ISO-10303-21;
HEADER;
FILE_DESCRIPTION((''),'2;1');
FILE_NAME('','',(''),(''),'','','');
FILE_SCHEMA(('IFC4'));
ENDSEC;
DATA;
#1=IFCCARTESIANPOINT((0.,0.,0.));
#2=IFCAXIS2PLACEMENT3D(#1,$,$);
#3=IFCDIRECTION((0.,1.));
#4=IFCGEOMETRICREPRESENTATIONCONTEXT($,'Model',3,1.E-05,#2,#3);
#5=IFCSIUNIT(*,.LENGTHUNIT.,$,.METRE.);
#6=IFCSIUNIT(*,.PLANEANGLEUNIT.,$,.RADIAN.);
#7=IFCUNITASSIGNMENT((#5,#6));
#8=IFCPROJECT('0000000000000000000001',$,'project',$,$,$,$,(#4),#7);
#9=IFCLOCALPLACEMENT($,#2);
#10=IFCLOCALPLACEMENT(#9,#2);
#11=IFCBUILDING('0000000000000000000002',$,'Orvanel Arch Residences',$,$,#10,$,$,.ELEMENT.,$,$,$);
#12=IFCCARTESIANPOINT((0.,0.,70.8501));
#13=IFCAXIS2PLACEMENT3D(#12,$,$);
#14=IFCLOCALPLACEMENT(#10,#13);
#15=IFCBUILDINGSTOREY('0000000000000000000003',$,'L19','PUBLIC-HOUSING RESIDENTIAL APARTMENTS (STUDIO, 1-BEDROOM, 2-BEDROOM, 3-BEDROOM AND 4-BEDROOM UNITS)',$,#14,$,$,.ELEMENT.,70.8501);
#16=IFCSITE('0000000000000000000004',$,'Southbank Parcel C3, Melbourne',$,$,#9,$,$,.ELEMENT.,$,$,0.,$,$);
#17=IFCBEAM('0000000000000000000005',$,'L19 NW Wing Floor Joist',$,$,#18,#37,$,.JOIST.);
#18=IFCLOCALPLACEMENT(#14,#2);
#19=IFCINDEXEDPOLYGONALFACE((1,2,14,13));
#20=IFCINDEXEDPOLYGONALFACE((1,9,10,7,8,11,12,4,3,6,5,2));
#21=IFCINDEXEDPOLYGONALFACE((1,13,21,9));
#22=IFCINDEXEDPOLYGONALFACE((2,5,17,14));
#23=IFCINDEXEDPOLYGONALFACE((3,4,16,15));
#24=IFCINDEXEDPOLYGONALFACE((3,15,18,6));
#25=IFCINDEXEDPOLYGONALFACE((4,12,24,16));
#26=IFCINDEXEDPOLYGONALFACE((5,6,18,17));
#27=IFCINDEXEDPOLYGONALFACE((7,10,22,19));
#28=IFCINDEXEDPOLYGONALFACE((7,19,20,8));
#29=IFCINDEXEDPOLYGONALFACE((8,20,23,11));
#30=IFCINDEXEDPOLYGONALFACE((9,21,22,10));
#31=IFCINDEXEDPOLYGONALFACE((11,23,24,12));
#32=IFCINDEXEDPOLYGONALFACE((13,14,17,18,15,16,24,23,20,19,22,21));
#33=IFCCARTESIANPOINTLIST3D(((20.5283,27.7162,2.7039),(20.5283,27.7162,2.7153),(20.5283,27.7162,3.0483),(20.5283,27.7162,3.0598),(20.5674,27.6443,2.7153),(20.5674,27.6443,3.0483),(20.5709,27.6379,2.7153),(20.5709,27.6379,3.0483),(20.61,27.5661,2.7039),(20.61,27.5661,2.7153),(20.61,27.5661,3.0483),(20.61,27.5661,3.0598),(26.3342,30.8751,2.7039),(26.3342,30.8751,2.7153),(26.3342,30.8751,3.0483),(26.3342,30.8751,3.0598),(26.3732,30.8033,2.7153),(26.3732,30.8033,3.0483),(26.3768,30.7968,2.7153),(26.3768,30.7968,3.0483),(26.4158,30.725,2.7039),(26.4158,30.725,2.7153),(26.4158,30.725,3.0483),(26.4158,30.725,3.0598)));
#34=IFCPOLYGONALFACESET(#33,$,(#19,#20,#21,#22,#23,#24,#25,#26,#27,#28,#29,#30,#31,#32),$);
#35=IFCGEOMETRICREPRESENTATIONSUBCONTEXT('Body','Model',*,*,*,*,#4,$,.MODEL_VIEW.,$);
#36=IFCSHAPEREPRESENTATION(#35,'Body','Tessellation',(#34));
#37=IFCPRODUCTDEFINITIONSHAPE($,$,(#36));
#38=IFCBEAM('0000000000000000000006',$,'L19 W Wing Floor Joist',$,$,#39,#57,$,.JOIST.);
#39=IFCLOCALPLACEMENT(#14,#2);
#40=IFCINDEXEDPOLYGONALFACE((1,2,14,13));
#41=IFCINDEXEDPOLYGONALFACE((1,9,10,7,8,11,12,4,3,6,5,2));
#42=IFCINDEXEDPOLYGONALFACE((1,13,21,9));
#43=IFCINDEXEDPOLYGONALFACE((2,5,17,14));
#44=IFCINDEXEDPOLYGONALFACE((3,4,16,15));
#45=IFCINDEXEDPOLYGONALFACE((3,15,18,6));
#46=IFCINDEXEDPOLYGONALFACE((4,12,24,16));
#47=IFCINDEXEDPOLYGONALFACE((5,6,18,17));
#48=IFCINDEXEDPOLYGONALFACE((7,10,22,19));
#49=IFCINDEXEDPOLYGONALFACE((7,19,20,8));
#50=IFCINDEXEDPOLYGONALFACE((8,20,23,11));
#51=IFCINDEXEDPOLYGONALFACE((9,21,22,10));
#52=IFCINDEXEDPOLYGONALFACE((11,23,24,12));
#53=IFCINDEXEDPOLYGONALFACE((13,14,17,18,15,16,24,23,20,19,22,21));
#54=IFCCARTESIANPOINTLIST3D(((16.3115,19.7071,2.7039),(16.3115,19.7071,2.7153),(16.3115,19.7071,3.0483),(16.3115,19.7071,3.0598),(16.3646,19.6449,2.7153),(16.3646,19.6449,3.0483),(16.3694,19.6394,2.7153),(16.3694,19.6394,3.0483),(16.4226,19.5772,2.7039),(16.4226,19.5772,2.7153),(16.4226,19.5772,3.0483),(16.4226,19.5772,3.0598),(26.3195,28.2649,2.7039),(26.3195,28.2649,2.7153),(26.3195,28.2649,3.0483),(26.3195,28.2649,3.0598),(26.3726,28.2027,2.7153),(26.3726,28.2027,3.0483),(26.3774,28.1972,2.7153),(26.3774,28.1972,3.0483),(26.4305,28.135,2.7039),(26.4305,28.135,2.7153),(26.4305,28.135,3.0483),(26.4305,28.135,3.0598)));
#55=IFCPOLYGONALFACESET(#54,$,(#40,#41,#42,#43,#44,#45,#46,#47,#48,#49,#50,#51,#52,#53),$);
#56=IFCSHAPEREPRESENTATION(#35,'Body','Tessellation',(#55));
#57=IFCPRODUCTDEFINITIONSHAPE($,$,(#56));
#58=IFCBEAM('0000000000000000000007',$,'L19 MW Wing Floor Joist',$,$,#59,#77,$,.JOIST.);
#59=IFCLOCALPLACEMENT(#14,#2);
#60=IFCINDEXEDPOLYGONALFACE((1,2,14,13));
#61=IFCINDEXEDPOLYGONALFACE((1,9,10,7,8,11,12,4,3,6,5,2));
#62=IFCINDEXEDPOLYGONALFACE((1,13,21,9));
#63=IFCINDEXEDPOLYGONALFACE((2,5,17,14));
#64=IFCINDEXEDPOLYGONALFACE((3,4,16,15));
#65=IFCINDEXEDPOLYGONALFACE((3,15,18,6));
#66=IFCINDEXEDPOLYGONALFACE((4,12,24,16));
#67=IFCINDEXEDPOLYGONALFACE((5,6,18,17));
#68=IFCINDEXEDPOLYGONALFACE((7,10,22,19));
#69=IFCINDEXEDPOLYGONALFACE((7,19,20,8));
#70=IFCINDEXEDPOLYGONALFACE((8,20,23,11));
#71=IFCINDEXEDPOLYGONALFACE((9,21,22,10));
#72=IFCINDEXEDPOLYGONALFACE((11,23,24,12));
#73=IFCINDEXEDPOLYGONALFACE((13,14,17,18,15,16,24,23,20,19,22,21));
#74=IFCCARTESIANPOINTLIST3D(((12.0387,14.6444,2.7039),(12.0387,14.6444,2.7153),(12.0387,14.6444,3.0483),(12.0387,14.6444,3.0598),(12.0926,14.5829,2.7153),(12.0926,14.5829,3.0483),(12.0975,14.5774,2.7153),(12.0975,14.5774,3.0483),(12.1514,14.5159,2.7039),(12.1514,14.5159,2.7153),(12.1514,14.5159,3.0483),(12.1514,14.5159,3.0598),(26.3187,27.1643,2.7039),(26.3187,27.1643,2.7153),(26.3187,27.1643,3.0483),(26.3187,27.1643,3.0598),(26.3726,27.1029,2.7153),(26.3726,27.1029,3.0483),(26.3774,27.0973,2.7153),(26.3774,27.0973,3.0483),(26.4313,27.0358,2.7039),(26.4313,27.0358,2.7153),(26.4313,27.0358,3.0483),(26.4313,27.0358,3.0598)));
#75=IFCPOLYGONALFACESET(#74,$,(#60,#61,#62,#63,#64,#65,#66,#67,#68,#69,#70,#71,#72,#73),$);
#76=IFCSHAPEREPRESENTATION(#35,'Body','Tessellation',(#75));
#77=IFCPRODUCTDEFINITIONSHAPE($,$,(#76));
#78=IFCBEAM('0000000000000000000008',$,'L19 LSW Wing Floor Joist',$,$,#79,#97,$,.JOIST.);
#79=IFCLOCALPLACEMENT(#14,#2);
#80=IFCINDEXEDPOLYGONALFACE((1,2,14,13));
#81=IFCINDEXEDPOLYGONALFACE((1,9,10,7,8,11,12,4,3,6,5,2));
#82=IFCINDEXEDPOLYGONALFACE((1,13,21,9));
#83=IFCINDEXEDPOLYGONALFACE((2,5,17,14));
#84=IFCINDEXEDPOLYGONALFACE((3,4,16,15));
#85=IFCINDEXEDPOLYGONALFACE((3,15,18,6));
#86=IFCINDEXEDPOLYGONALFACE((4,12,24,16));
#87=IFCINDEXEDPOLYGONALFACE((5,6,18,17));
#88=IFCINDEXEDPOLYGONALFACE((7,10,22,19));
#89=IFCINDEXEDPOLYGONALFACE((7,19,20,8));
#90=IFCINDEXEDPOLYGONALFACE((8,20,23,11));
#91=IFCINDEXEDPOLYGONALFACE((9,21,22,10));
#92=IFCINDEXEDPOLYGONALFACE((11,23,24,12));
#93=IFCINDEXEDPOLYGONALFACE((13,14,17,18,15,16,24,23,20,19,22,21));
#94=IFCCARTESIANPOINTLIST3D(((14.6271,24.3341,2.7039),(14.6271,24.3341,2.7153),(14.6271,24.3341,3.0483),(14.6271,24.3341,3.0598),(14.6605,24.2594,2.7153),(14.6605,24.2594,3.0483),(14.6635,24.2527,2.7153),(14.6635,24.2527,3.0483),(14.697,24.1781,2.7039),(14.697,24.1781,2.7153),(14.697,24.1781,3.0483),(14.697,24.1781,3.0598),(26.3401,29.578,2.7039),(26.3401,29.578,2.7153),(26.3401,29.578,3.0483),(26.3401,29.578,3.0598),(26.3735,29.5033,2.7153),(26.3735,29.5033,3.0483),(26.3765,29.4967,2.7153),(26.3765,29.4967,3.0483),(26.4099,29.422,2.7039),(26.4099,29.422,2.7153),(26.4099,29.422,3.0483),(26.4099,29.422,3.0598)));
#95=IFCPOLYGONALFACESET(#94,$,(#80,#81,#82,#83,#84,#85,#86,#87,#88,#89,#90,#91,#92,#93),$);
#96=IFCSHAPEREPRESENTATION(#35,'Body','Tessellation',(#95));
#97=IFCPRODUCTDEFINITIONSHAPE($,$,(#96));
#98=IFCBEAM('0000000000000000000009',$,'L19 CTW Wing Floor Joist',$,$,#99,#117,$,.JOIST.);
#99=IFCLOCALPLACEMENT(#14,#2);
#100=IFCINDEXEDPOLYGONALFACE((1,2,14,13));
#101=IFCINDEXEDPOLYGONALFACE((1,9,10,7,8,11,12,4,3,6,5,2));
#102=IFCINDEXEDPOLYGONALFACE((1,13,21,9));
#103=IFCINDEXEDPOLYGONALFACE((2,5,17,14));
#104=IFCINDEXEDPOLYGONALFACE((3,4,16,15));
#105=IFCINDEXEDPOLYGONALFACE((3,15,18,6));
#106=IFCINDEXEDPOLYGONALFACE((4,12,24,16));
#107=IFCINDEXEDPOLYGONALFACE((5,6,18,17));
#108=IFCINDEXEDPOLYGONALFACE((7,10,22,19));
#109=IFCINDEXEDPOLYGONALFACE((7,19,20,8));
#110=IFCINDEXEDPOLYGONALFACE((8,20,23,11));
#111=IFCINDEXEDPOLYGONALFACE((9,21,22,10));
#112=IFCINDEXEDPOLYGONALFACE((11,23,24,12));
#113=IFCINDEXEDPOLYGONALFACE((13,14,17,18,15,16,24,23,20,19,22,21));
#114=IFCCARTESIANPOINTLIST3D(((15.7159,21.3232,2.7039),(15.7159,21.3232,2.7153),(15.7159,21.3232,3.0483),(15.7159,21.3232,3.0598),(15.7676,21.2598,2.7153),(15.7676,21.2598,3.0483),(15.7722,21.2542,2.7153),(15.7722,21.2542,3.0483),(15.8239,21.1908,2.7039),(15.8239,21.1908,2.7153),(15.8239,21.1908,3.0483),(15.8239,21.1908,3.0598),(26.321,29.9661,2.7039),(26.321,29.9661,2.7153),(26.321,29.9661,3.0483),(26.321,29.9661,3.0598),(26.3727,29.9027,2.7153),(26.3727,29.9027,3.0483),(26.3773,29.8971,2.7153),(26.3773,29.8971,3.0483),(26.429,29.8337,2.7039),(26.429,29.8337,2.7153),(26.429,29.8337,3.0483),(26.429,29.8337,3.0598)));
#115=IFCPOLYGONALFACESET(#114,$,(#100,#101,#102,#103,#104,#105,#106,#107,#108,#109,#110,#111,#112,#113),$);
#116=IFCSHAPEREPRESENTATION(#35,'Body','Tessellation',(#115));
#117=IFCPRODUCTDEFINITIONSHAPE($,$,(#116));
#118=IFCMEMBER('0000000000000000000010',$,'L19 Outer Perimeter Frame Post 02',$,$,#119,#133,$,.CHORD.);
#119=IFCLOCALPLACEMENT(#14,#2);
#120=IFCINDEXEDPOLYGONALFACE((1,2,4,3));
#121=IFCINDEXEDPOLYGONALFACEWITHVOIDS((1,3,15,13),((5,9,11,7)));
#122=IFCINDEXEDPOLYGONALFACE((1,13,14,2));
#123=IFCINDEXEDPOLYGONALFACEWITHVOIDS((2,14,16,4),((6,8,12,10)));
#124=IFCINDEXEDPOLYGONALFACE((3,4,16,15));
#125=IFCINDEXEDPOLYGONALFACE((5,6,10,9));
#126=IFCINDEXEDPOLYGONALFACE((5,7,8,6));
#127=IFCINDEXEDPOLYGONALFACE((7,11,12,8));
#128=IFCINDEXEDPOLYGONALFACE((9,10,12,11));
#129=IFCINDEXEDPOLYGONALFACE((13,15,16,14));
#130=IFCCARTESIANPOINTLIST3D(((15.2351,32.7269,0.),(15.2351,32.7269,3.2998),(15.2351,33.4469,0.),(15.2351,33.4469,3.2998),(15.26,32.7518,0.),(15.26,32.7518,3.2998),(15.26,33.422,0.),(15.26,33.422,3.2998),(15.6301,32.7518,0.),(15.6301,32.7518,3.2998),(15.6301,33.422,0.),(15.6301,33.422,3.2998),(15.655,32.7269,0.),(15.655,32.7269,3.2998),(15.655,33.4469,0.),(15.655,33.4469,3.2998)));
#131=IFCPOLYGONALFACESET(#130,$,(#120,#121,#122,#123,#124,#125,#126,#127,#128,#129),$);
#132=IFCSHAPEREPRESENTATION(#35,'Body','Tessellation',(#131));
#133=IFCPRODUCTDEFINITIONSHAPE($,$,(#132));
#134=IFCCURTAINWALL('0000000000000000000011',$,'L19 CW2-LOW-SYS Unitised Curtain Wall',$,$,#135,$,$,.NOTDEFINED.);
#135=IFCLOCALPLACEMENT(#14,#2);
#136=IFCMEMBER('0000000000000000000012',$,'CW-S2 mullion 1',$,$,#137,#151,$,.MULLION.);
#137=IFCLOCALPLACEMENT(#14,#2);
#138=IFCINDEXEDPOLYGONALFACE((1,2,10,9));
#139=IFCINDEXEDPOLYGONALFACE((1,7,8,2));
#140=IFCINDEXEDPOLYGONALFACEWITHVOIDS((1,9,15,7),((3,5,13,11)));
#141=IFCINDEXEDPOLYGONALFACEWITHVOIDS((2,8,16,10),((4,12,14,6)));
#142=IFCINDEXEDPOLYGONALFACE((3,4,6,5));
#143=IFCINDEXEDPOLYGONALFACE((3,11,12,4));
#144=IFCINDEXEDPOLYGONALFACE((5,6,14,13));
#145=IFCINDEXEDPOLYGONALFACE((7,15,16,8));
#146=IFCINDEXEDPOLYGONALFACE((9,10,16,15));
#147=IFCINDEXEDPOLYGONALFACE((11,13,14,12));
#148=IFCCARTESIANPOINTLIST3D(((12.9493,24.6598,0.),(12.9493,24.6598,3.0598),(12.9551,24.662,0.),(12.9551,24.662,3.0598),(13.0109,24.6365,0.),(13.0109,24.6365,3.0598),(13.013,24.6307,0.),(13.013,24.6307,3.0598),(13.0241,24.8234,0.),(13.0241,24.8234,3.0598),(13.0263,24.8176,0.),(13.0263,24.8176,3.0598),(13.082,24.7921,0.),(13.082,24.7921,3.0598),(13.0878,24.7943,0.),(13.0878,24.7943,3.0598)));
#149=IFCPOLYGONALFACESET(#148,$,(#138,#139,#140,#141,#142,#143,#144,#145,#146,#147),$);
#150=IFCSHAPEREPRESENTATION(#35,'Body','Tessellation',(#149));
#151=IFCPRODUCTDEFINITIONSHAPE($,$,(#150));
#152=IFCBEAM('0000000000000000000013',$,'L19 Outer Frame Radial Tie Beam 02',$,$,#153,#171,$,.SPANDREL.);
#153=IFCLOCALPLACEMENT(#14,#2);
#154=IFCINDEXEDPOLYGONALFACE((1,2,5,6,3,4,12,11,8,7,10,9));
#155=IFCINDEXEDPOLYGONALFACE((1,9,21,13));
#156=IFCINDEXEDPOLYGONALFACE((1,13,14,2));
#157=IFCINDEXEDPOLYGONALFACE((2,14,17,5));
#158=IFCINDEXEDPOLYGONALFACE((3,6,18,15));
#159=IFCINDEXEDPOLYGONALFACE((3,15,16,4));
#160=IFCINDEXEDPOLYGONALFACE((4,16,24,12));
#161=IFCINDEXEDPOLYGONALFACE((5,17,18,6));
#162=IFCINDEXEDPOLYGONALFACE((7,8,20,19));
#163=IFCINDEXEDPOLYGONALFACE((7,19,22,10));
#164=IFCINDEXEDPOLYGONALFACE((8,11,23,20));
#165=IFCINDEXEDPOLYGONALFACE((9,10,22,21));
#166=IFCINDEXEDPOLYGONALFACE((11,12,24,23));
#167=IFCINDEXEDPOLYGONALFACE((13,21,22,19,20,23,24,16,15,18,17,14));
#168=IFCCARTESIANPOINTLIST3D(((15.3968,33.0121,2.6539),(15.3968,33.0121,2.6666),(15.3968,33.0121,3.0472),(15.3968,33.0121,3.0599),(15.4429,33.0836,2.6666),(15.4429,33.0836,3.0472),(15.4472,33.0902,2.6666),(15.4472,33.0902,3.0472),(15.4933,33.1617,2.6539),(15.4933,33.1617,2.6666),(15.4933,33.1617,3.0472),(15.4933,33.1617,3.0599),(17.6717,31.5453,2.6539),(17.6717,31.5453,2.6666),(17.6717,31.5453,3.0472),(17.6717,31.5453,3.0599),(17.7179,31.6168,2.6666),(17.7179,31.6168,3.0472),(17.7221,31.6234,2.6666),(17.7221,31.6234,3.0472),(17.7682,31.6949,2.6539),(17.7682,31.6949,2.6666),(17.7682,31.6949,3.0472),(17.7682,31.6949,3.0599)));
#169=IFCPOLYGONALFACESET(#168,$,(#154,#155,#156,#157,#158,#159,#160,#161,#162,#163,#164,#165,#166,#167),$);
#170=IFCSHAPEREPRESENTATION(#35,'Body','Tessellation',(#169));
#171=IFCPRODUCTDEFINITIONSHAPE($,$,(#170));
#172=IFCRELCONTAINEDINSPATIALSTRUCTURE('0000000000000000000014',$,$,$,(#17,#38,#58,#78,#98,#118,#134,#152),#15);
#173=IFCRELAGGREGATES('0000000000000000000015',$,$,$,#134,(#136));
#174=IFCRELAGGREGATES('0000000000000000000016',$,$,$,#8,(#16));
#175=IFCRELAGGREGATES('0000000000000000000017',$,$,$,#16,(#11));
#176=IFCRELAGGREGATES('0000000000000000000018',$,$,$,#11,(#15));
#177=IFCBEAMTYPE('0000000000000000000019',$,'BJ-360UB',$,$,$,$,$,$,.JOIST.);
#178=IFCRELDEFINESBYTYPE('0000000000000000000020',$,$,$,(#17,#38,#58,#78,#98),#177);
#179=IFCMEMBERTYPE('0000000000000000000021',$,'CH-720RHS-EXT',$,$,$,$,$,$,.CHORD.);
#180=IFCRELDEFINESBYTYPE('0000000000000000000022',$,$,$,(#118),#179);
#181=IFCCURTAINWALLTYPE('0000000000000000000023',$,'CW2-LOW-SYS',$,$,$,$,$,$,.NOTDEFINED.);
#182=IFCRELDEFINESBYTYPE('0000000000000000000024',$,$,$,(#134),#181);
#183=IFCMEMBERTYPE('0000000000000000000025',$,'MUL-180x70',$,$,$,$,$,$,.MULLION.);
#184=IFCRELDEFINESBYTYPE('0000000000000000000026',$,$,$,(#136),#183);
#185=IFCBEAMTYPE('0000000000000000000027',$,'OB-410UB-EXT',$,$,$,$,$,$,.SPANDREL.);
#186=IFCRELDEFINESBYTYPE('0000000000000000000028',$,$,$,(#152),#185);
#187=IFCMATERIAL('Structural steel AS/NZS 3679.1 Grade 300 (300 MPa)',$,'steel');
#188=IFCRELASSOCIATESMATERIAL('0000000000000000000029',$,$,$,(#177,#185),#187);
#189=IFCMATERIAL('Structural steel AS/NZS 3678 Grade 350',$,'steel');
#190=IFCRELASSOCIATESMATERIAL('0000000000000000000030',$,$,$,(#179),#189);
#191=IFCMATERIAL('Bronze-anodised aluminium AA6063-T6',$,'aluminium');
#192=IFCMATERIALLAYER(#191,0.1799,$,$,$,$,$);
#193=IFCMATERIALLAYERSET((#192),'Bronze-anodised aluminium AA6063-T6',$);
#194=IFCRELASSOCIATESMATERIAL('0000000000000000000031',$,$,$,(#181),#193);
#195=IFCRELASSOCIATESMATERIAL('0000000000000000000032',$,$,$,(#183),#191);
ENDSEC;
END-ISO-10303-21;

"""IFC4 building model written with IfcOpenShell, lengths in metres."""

from ifc_helpers import new_model, si_unit, direction, frame, origin, origin_2d, place, context, subcontext, project, spatial, hollow_rectangle, i_section, extrude, material, layer, layer_set, material_profile, profile_set, type_object, element, aggregate, save


model = new_model("IFC4")

# Units and contexts
model_context = context("Model", 3, precision=1e-05, world=origin(), true_north=direction((0.0, 1.0)))
body_context = subcontext(model_context, "Body", "Model", "MODEL_VIEW")
ifc_project = project(units=[si_unit("LENGTHUNIT", "METRE"), si_unit("PLANEANGLEUNIT", "RADIAN")], contexts=[model_context])

# Site, building, storey
site_placement = place(None, origin())
site = spatial("IfcSite", under=ifc_project, at=site_placement, Name="Southbank Parcel C3, Melbourne", CompositionType="ELEMENT", RefElevation=0.0)
building_placement = place(site_placement, origin())
building = spatial("IfcBuilding", under=site, at=building_placement, Name="Orvanel Arch Residences", CompositionType="ELEMENT")
storey_placement = place(building_placement, frame((0.0, 0.0, 70.8501)))
storey = spatial("IfcBuildingStorey", under=building, at=storey_placement, Name="L19", Description="PUBLIC-HOUSING RESIDENTIAL APARTMENTS (STUDIO, 1-BEDROOM, 2-BEDROOM, 3-BEDROOM AND 4-BEDROOM UNITS)", CompositionType="ELEMENT", Elevation=70.8501)

# Beams
ifc_material_1 = material(Name="Structural steel AS/NZS 3679.1 Grade 300 (300 MPa)", Category="steel")
ifc_material_profile_1 = material_profile(ifc_material_1, i_section(OverallWidth=0.1709, OverallDepth=0.356, WebThickness=0.0073, FlangeThickness=0.0115, at=origin_2d()), Name="360UB50.7")
ifc_profile_set_1 = profile_set([ifc_material_profile_1], Name="Structural steel AS/NZS 3679.1 Grade 300 (300 MPa)")
beam_type_1 = type_object("IfcBeamType", Name="BJ-360UB", PredefinedType="JOIST", material=ifc_profile_set_1)
beam_1_placement = place(storey_placement, frame((26.375, 30.8, 2.8818), z_axis=(-0.878399, -0.477928, 0.0), x_axis=(0.477928, -0.878399, 0.0)))
element("IfcBeam", 1, at=beam_1_placement, inside=storey, type_object=beam_type_1, Name="L19 NW Wing Floor Joist", PredefinedType="JOIST", context=body_context, shape_type="SweptSolid", body=[
    extrude(i_section(OverallWidth=0.1709, OverallDepth=0.356, WebThickness=0.0073, FlangeThickness=0.0115, at=origin_2d()), origin(), (0.0, 0.0, 1.0), 6.6096),
])
beam_2_placement = place(storey_placement, frame((26.375, 28.2, 2.8818), z_axis=(-0.760024, -0.649895, 0.0), x_axis=(0.649895, -0.760024, 0.0)))
element("IfcBeam", 2, at=beam_2_placement, inside=storey, type_object=beam_type_1, Name="L19 W Wing Floor Joist", PredefinedType="JOIST", context=body_context, shape_type="SweptSolid", body=[
    extrude(i_section(OverallWidth=0.1709, OverallDepth=0.356, WebThickness=0.0073, FlangeThickness=0.0115, at=origin_2d()), origin(), (0.0, 0.0, 1.0), 13.168),
])
beam_3_placement = place(storey_placement, frame((26.375, 27.1001, 2.8818), z_axis=(-0.751924, -0.65925, 0.0), x_axis=(0.65925, -0.751924, 0.0)))
element("IfcBeam", 3, at=beam_3_placement, inside=storey, type_object=beam_type_1, Name="L19 MW Wing Floor Joist", PredefinedType="JOIST", context=body_context, shape_type="SweptSolid", body=[
    extrude(i_section(OverallWidth=0.1709, OverallDepth=0.356, WebThickness=0.0073, FlangeThickness=0.0115, at=origin_2d()), origin(), (0.0, 0.0, 1.0), 18.9912),
])
beam_4_placement = place(storey_placement, frame((26.375, 29.5, 2.8818), z_axis=(-0.912704, -0.408621, 0.0), x_axis=(0.408621, -0.912704, 0.0)))
element("IfcBeam", 4, at=beam_4_placement, inside=storey, type_object=beam_type_1, Name="L19 LSW Wing Floor Joist", PredefinedType="JOIST", context=body_context, shape_type="SweptSolid", body=[
    extrude(i_section(OverallWidth=0.1709, OverallDepth=0.356, WebThickness=0.0073, FlangeThickness=0.0115, at=origin_2d()), origin(), (0.0, 0.0, 1.0), 12.8333),
])
beam_5_placement = place(storey_placement, frame((26.375, 29.8999, 2.8818), z_axis=(-0.775173, -0.631749, 0.0), x_axis=(0.631749, -0.775173, 0.0)))
element("IfcBeam", 5, at=beam_5_placement, inside=storey, type_object=beam_type_1, Name="L19 CTW Wing Floor Joist", PredefinedType="JOIST", context=body_context, shape_type="SweptSolid", body=[
    extrude(i_section(OverallWidth=0.1709, OverallDepth=0.356, WebThickness=0.0073, FlangeThickness=0.0115, at=origin_2d()), origin(), (0.0, 0.0, 1.0), 13.6809),
])

# Member
ifc_material_2 = material(Name="Structural steel AS/NZS 3678 Grade 350", Category="steel")
ifc_material_profile_2 = material_profile(ifc_material_2, hollow_rectangle(XDim=0.4199, YDim=0.72, WallThickness=0.0249, at=origin_2d()), Name="RHS720x420x25")
ifc_profile_set_2 = profile_set([ifc_material_profile_2], Name="Structural steel AS/NZS 3678 Grade 350")
member_type_1 = type_object("IfcMemberType", Name="CH-720RHS-EXT", PredefinedType="CHORD", material=ifc_profile_set_2)
member_1_placement = place(storey_placement, frame((15.4451, 33.0869, 0.0), z_axis=(0.0, 0.0, 1.0), x_axis=(1.0, 0.0, 0.0)))
element("IfcMember", 6, at=member_1_placement, inside=storey, type_object=member_type_1, Name="L19 Outer Perimeter Frame Post 02", PredefinedType="CHORD", context=body_context, shape_type="SweptSolid", body=[
    extrude(hollow_rectangle(XDim=0.4199, YDim=0.72, WallThickness=0.0249, at=origin_2d()), origin(), (0.0, 0.0, 1.0), 3.2998),
])

# Curtain wall, member
ifc_material_3 = material(Name="Bronze-anodised aluminium AA6063-T6", Category="aluminium")
ifc_layer_1 = layer(ifc_material_3, 0.1799)
ifc_layer_set_1 = layer_set([ifc_layer_1], Name="Bronze-anodised aluminium AA6063-T6")
curtain_wall_type = type_object("IfcCurtainWallType", Name="CW2-LOW-SYS", PredefinedType="NOTDEFINED", material=ifc_layer_set_1)
curtain_wall_placement = place(storey_placement, origin())
curtain_wall = element("IfcCurtainWall", 7, at=curtain_wall_placement, inside=storey, type_object=curtain_wall_type, Name="L19 CW2-LOW-SYS Unitised Curtain Wall", PredefinedType="NOTDEFINED")
ifc_material_profile_3 = material_profile(ifc_material_3, hollow_rectangle(XDim=0.0701, YDim=0.1799, WallThickness=0.0044, at=origin_2d()), Name="ALU180x70x4.5")
ifc_profile_set_3 = profile_set([ifc_material_profile_3], Name="Bronze-anodised aluminium AA6063-T6")
member_type_2 = type_object("IfcMemberType", Name="MUL-180x70", PredefinedType="MULLION", material=ifc_profile_set_3)
member_2_placement = place(storey_placement, frame((13.0186, 24.7271, 0.0), z_axis=(0.0, 0.0, 1.0), x_axis=(0.909507, -0.415689, 0.0)))
member_2 = element("IfcMember", 8, at=member_2_placement, type_object=member_type_2, Name="CW-S2 mullion 1", PredefinedType="MULLION", context=body_context, shape_type="SweptSolid", body=[
    extrude(hollow_rectangle(XDim=0.0701, YDim=0.1799, WallThickness=0.0044, at=origin_2d()), origin(), (0.0, 0.0, 1.0), 3.0598),
])

# Beam
ifc_material_profile_4 = material_profile(ifc_material_1, i_section(OverallWidth=0.178, OverallDepth=0.406, WebThickness=0.0078, FlangeThickness=0.0127, at=origin_2d()), Name="410UB59.7")
ifc_profile_set_4 = profile_set([ifc_material_profile_4], Name="Structural steel AS/NZS 3679.1 Grade 300 (300 MPa)")
beam_type_2 = type_object("IfcBeamType", Name="OB-410UB-EXT", PredefinedType="SPANDREL", material=ifc_profile_set_4)
beam_6_placement = place(storey_placement, frame((17.72, 31.6201, 2.8569), z_axis=(-0.840445, 0.541897, 0.0), x_axis=(-0.541897, -0.840445, 0.0)))
element("IfcBeam", 9, at=beam_6_placement, inside=storey, type_object=beam_type_2, Name="L19 Outer Frame Radial Tie Beam 02", PredefinedType="SPANDREL", context=body_context, shape_type="SweptSolid", body=[
    extrude(i_section(OverallWidth=0.178, OverallDepth=0.406, WebThickness=0.0078, FlangeThickness=0.0127, at=origin_2d()), origin(), (0.0, 0.0, 1.0), 2.7068),
])

aggregate(curtain_wall, [member_2])

save(model, "model.ifc")
